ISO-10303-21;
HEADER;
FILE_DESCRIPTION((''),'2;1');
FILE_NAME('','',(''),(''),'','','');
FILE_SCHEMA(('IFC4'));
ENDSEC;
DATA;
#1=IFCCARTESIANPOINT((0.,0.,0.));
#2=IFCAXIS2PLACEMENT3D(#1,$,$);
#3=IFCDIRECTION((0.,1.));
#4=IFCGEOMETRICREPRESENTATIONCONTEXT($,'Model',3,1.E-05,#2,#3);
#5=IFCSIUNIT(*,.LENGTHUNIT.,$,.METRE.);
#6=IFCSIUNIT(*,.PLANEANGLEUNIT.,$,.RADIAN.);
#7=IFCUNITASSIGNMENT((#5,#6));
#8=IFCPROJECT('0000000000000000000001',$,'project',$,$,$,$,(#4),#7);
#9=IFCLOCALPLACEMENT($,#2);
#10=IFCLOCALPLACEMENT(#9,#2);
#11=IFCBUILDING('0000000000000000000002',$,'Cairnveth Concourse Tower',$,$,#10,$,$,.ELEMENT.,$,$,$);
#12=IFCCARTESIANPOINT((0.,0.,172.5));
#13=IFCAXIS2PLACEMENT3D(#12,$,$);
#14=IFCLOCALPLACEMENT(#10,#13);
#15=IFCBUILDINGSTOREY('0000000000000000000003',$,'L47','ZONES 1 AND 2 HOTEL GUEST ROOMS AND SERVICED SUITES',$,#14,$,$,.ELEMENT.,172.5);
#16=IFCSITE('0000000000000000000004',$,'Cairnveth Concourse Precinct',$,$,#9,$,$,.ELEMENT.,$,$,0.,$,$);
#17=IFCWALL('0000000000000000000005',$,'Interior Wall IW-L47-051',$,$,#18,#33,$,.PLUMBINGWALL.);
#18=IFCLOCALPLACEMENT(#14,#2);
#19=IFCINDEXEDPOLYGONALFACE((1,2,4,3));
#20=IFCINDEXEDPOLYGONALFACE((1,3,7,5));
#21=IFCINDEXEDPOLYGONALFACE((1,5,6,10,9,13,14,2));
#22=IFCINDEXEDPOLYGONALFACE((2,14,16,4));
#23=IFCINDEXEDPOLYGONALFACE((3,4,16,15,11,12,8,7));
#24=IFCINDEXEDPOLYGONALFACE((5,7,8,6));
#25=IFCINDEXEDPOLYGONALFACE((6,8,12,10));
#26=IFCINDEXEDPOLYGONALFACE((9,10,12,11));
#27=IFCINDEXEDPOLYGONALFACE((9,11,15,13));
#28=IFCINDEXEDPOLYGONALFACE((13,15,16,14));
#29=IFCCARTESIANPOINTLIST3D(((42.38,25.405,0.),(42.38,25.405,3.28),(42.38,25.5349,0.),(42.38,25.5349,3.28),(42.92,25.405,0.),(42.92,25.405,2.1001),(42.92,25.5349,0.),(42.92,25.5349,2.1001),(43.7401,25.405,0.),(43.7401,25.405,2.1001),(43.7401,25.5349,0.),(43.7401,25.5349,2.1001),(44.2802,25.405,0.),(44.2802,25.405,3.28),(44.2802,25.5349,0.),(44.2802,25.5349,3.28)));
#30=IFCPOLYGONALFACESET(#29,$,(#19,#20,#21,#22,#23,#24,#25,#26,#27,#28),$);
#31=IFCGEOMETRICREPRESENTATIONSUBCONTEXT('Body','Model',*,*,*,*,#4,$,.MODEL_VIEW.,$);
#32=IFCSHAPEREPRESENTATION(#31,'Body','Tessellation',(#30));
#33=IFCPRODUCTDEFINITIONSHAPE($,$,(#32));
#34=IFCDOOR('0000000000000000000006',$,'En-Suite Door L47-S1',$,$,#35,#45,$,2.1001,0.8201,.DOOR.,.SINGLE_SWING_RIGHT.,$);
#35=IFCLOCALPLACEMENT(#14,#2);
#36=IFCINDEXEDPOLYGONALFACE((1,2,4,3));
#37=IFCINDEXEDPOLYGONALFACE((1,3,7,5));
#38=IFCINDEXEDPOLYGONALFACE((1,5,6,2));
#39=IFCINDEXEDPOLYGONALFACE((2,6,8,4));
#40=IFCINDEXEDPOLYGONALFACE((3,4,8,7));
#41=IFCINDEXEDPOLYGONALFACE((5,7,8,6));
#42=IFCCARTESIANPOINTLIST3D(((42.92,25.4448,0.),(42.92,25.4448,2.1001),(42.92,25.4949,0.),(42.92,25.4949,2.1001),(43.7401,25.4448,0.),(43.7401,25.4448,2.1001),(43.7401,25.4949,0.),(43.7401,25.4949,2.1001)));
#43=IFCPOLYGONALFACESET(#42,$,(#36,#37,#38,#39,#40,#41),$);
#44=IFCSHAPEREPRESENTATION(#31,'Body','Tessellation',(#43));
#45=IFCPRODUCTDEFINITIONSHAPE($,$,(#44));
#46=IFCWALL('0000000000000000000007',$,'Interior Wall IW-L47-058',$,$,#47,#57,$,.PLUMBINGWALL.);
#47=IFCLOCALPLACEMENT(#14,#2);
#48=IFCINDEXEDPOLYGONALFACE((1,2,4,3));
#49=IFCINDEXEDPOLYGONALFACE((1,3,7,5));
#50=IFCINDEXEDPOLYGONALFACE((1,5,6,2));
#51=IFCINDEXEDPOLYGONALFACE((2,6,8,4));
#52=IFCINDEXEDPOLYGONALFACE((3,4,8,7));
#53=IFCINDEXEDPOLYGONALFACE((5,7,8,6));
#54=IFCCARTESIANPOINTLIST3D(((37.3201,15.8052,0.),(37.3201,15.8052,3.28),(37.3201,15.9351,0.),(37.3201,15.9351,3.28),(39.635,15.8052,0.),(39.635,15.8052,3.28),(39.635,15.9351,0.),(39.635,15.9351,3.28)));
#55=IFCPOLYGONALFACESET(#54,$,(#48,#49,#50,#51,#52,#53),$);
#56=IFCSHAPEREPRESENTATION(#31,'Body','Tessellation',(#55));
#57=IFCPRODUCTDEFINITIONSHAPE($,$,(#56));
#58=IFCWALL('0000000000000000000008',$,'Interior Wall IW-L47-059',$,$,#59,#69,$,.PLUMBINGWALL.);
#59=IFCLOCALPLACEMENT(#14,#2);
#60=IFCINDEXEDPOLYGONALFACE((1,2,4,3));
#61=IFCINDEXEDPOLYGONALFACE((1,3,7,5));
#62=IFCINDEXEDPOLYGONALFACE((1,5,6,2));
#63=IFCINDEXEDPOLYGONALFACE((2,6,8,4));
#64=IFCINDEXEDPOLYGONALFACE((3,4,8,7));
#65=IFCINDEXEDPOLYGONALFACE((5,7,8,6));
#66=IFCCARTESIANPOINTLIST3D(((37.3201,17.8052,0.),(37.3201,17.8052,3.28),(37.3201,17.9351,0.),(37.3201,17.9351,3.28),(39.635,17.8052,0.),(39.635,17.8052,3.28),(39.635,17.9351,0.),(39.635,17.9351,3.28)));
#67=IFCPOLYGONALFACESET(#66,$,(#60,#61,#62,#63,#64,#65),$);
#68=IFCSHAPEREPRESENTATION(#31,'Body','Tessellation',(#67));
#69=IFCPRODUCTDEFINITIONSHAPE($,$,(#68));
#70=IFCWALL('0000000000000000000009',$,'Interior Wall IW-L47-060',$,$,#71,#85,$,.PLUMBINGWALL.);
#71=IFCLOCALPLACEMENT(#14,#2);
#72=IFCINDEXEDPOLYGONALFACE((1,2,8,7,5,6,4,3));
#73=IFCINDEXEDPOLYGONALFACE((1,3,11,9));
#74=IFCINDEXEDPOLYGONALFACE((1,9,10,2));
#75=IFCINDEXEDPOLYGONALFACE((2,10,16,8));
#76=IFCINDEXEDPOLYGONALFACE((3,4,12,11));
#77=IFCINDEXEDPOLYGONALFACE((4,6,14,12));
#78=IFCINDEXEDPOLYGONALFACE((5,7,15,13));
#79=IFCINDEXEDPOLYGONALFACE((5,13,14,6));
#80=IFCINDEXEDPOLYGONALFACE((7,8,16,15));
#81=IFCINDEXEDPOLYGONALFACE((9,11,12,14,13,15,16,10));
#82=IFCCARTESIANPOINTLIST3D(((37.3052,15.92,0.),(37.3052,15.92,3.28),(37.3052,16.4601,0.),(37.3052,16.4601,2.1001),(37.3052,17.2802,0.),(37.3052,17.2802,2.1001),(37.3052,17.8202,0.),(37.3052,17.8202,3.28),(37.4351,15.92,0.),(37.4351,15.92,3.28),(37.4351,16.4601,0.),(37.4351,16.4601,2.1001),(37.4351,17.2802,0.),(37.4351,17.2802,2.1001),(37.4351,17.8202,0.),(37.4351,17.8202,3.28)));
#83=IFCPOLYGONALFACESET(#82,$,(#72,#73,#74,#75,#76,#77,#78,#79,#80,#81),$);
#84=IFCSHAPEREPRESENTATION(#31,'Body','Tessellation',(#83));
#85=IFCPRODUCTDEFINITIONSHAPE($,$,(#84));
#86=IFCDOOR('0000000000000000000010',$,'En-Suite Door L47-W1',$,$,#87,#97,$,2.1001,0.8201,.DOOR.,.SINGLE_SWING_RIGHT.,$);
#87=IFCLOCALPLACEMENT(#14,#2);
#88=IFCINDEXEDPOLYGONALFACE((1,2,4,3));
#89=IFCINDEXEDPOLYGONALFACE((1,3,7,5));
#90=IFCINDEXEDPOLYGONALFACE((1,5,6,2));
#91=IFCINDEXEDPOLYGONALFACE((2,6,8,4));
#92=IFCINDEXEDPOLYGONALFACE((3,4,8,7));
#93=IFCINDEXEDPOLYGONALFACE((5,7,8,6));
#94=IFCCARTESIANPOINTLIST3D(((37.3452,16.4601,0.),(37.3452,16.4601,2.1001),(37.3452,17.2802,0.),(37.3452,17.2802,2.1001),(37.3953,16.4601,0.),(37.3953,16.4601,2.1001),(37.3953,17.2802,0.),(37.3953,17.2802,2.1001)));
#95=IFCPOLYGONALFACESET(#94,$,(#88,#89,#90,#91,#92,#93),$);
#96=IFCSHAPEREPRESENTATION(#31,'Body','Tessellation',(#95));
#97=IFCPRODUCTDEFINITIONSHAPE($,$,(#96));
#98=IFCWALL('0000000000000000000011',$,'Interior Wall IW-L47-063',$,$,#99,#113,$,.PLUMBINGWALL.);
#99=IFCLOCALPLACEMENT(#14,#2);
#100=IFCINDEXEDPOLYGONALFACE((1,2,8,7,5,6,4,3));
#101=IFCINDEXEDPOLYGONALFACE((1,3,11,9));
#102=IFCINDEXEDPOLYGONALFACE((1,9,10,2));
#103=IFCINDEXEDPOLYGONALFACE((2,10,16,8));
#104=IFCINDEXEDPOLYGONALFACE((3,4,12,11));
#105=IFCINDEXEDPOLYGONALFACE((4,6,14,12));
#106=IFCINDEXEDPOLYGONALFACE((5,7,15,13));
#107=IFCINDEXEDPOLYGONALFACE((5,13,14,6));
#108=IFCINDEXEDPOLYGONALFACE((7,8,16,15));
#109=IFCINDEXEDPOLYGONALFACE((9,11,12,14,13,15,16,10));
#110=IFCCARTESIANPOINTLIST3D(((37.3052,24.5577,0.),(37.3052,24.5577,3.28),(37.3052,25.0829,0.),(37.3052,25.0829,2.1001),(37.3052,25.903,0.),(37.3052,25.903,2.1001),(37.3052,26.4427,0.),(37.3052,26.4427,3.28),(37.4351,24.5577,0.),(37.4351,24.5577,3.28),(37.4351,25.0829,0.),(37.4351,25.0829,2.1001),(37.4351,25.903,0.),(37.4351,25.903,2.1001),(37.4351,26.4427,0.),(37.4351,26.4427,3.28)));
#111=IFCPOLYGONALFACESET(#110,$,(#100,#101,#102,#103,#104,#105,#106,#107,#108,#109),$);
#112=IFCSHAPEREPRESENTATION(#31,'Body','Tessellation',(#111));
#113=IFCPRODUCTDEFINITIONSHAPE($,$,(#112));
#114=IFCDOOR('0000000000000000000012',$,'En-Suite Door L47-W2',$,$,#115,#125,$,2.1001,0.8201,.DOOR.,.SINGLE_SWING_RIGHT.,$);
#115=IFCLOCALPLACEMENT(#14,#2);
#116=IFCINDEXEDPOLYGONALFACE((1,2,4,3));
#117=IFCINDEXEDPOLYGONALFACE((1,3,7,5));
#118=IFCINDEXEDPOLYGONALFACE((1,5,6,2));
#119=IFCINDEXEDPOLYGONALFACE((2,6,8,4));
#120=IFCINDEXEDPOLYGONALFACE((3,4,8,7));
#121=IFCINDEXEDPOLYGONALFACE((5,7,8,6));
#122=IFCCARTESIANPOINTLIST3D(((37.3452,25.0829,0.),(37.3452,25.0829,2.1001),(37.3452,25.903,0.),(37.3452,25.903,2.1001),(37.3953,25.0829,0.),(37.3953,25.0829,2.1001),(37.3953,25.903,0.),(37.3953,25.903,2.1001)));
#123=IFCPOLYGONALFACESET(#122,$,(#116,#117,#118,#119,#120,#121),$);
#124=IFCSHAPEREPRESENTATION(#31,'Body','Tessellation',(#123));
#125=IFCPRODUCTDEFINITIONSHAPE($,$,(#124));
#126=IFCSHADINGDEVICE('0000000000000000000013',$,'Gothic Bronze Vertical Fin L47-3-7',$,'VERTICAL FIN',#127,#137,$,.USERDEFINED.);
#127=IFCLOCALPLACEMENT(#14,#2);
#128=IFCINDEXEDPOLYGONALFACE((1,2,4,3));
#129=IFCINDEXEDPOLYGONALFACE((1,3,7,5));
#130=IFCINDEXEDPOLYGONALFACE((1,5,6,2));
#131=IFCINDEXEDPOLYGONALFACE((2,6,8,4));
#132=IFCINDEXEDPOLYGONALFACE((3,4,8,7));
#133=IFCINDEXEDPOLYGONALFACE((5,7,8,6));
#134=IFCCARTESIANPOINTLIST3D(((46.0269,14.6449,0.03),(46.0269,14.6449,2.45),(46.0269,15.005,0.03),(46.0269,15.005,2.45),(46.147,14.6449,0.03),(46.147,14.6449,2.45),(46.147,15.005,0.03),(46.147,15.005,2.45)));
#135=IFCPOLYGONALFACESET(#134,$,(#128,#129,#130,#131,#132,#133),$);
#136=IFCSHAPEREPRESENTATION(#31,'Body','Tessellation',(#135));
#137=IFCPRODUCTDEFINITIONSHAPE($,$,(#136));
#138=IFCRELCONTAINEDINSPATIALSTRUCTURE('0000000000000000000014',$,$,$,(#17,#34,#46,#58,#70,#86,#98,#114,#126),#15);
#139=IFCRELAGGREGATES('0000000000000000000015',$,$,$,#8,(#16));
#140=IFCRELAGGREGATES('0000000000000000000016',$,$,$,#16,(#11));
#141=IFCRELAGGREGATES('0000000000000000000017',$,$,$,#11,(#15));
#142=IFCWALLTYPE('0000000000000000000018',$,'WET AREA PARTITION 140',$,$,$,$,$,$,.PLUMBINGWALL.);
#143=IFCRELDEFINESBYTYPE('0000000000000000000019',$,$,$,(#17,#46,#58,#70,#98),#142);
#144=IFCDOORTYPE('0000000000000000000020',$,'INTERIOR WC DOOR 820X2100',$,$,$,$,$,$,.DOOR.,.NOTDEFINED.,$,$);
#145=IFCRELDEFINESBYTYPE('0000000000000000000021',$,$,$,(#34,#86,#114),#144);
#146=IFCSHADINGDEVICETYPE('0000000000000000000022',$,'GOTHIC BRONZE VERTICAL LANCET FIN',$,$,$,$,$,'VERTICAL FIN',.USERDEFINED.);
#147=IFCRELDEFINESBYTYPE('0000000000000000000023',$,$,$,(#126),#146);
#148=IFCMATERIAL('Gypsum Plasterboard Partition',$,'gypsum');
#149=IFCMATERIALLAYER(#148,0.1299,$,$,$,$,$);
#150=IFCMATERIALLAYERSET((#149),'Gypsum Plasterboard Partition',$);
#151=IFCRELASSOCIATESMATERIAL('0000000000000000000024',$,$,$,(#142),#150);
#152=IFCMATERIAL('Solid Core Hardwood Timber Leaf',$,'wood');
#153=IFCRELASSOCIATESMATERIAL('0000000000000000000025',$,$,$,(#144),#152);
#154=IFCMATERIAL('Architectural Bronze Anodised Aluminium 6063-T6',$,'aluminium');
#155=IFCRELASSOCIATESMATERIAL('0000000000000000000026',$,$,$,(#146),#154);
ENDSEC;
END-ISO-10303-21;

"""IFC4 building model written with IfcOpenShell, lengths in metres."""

from ifc_helpers import new_model, si_unit, direction, frame, frame_2d, origin, origin_2d, place, context, subcontext, project, spatial, rectangle, extrude, material, layer, layer_set, type_object, element, fill, save


model = new_model("IFC4")

# Units and contexts
model_context = context("Model", 3, precision=1e-05, world=origin(), true_north=direction((0.0, 1.0)))
body_context = subcontext(model_context, "Body", "Model", "MODEL_VIEW")
ifc_project = project(units=[si_unit("LENGTHUNIT", "METRE"), si_unit("PLANEANGLEUNIT", "RADIAN")], contexts=[model_context])

# Site, building, storey
site_placement = place(None, origin())
site = spatial("IfcSite", under=ifc_project, at=site_placement, Name="Cairnveth Concourse Precinct", CompositionType="ELEMENT", RefElevation=0.0)
building_placement = place(site_placement, origin())
building = spatial("IfcBuilding", under=site, at=building_placement, Name="Cairnveth Concourse Tower", CompositionType="ELEMENT")
storey_placement = place(building_placement, frame((0.0, 0.0, 172.5)))
storey = spatial("IfcBuildingStorey", under=building, at=storey_placement, Name="L47", Description="ZONES 1 AND 2 HOTEL GUEST ROOMS AND SERVICED SUITES", CompositionType="ELEMENT", Elevation=172.5)

# Shared definitions
ifc_material_1 = material(Name="Gypsum Plasterboard Partition", Category="gypsum")
ifc_material_2 = material(Name="Solid Core Hardwood Timber Leaf", Category="wood")

# Shared definitions
ifc_layer_1 = layer(ifc_material_1, 0.1299)
ifc_layer_set_1 = layer_set([ifc_layer_1], Name="Gypsum Plasterboard Partition")
wall_type_1 = type_object("IfcWallType", Name="WET AREA PARTITION 140", PredefinedType="PLUMBINGWALL", material=ifc_layer_set_1)

# Wall, opening, door
wall_1_placement = place(storey_placement, frame((42.3799, 25.47, 0.0), z_axis=(0.0, 0.0, 1.0), x_axis=(1.0, 0.0, 0.0)))
wall_1 = element("IfcWall", 1, at=wall_1_placement, inside=storey, type_object=wall_type_1, Name="Interior Wall IW-L47-051", PredefinedType="PLUMBINGWALL", context=body_context, shape_type="SweptSolid", body=[
    extrude(rectangle(XDim=1.9001, YDim=0.1299, at=frame_2d((0.9502, 0.0))), origin(), (0.0, 0.0, 1.0), 3.28),
])
opening_1_placement = place(wall_1_placement, frame((0.54, 0.0, 0.0)))
opening_1 = element("IfcOpeningElement", 2, at=opening_1_placement, cuts=wall_1, PredefinedType="OPENING", context=body_context, shape_type="SweptSolid", body=[
    extrude(rectangle(XDim=0.8201, YDim=2.1001, at=frame_2d((0.4102, 1.05))), frame((0.0, 0.075, 0.0), z_axis=(0.0, -1.0, 0.0), x_axis=(1.0, 0.0, 0.0)), (0.0, 0.0, 1.0), 0.1499),
])
door_type_1 = type_object("IfcDoorType", Name="INTERIOR WC DOOR 820X2100", OperationType="NOTDEFINED", PredefinedType="DOOR", material=ifc_material_2)
door_1_placement = place(opening_1_placement, origin())
door_1 = element("IfcDoor", 3, at=door_1_placement, inside=storey, type_object=door_type_1, Name="En-Suite Door L47-S1", OperationType="SINGLE_SWING_RIGHT", OverallHeight=2.1001, OverallWidth=0.8201, PredefinedType="DOOR", context=body_context, shape_type="SweptSolid", body=[
    extrude(rectangle(XDim=0.8201, YDim=2.1001, at=frame_2d((0.4102, 1.05))), frame((0.0, 0.0249, 0.0), z_axis=(0.0, -1.0, 0.0), x_axis=(1.0, 0.0, 0.0)), (0.0, 0.0, 1.0), 0.05),
])
fill(opening_1, door_1)

# Walls
for number, where, z_axis, x_axis, name in (
    (4, (37.3201, 15.8701, 0.0), (0.0, 0.0, 1.0), (1.0, 0.0, 0.0), "Interior Wall IW-L47-058"),
    (5, (37.3201, 17.8701, 0.0), (0.0, 0.0, 1.0), (1.0, 0.0, 0.0), "Interior Wall IW-L47-059"),
):
    element("IfcWall", number, at=place(storey_placement, frame(where, z_axis=z_axis, x_axis=x_axis)), inside=storey, type_object=wall_type_1, Name=name, PredefinedType="PLUMBINGWALL", context=body_context, shape_type="SweptSolid", body=[
        extrude(rectangle(XDim=2.3149, YDim=0.1299, at=frame_2d((1.1575, 0.0))), origin(), (0.0, 0.0, 1.0), 3.28),
    ])

# Walls, openings, doors
wall_2_placement = place(storey_placement, frame((37.3701, 15.9199, 0.0), z_axis=(0.0, 0.0, 1.0), x_axis=(0.0, 1.0, 0.0)))
wall_2 = element("IfcWall", 6, at=wall_2_placement, inside=storey, type_object=wall_type_1, Name="Interior Wall IW-L47-060", PredefinedType="PLUMBINGWALL", context=body_context, shape_type="SweptSolid", body=[
    extrude(rectangle(XDim=1.9001, YDim=0.1299, at=frame_2d((0.9502, 0.0))), origin(), (0.0, 0.0, 1.0), 3.28),
])
opening_2_placement = place(wall_2_placement, frame((0.54, 0.0, 0.0)))
opening_2 = element("IfcOpeningElement", 7, at=opening_2_placement, cuts=wall_2, PredefinedType="OPENING", context=body_context, shape_type="SweptSolid", body=[
    extrude(rectangle(XDim=0.8201, YDim=2.1001, at=frame_2d((0.4102, 1.05))), frame((0.0, 0.075, 0.0), z_axis=(0.0, -1.0, 0.0), x_axis=(1.0, 0.0, 0.0)), (0.0, 0.0, 1.0), 0.1499),
])
door_2_placement = place(opening_2_placement, origin())
door_2 = element("IfcDoor", 8, at=door_2_placement, inside=storey, type_object=door_type_1, Name="En-Suite Door L47-W1", OperationType="SINGLE_SWING_RIGHT", OverallHeight=2.1001, OverallWidth=0.8201, PredefinedType="DOOR", context=body_context, shape_type="SweptSolid", body=[
    extrude(rectangle(XDim=0.8201, YDim=2.1001, at=frame_2d((0.4102, 1.05))), frame((0.0, 0.0249, 0.0), z_axis=(0.0, -1.0, 0.0), x_axis=(1.0, 0.0, 0.0)), (0.0, 0.0, 1.0), 0.05),
])
fill(opening_2, door_2)
wall_3_placement = place(storey_placement, frame((37.3701, 24.5579, 0.0), z_axis=(0.0, 0.0, 1.0), x_axis=(0.0, 1.0, 0.0)))
wall_3 = element("IfcWall", 9, at=wall_3_placement, inside=storey, type_object=wall_type_1, Name="Interior Wall IW-L47-063", PredefinedType="PLUMBINGWALL", context=body_context, shape_type="SweptSolid", body=[
    extrude(rectangle(XDim=1.885, YDim=0.1299, at=frame_2d((0.9424, 0.0))), origin(), (0.0, 0.0, 1.0), 3.28),
])
opening_3_placement = place(wall_3_placement, frame((0.5249, 0.0, 0.0)))
opening_3 = element("IfcOpeningElement", 10, at=opening_3_placement, cuts=wall_3, PredefinedType="OPENING", context=body_context, shape_type="SweptSolid", body=[
    extrude(rectangle(XDim=0.8201, YDim=2.1001, at=frame_2d((0.4102, 1.05))), frame((0.0, 0.075, 0.0), z_axis=(0.0, -1.0, 0.0), x_axis=(1.0, 0.0, 0.0)), (0.0, 0.0, 1.0), 0.1499),
])
door_3_placement = place(opening_3_placement, origin())
door_3 = element("IfcDoor", 11, at=door_3_placement, inside=storey, type_object=door_type_1, Name="En-Suite Door L47-W2", OperationType="SINGLE_SWING_RIGHT", OverallHeight=2.1001, OverallWidth=0.8201, PredefinedType="DOOR", context=body_context, shape_type="SweptSolid", body=[
    extrude(rectangle(XDim=0.8201, YDim=2.1001, at=frame_2d((0.4102, 1.05))), frame((0.0, 0.0249, 0.0), z_axis=(0.0, -1.0, 0.0), x_axis=(1.0, 0.0, 0.0)), (0.0, 0.0, 1.0), 0.05),
])
fill(opening_3, door_3)

# Shading device
ifc_material_3 = material(Name="Architectural Bronze Anodised Aluminium 6063-T6", Category="aluminium")
shading_device_type = type_object("IfcShadingDeviceType", Name="GOTHIC BRONZE VERTICAL LANCET FIN", ElementType="VERTICAL FIN", PredefinedType="USERDEFINED", material=ifc_material_3)
shading_device_placement = place(storey_placement, frame((46.0869, 14.825, 0.03), z_axis=(0.0, 0.0, 1.0), x_axis=(1.0, 0.0, 0.0)))
element("IfcShadingDevice", 12, at=shading_device_placement, inside=storey, type_object=shading_device_type, Name="Gothic Bronze Vertical Fin L47-3-7", ObjectType="VERTICAL FIN", PredefinedType="USERDEFINED", context=body_context, shape_type="SweptSolid", body=[
    extrude(rectangle(XDim=0.1201, YDim=0.3601, at=origin_2d()), origin(), (0.0, 0.0, 1.0), 2.4199),
])

save(model, "model.ifc")
